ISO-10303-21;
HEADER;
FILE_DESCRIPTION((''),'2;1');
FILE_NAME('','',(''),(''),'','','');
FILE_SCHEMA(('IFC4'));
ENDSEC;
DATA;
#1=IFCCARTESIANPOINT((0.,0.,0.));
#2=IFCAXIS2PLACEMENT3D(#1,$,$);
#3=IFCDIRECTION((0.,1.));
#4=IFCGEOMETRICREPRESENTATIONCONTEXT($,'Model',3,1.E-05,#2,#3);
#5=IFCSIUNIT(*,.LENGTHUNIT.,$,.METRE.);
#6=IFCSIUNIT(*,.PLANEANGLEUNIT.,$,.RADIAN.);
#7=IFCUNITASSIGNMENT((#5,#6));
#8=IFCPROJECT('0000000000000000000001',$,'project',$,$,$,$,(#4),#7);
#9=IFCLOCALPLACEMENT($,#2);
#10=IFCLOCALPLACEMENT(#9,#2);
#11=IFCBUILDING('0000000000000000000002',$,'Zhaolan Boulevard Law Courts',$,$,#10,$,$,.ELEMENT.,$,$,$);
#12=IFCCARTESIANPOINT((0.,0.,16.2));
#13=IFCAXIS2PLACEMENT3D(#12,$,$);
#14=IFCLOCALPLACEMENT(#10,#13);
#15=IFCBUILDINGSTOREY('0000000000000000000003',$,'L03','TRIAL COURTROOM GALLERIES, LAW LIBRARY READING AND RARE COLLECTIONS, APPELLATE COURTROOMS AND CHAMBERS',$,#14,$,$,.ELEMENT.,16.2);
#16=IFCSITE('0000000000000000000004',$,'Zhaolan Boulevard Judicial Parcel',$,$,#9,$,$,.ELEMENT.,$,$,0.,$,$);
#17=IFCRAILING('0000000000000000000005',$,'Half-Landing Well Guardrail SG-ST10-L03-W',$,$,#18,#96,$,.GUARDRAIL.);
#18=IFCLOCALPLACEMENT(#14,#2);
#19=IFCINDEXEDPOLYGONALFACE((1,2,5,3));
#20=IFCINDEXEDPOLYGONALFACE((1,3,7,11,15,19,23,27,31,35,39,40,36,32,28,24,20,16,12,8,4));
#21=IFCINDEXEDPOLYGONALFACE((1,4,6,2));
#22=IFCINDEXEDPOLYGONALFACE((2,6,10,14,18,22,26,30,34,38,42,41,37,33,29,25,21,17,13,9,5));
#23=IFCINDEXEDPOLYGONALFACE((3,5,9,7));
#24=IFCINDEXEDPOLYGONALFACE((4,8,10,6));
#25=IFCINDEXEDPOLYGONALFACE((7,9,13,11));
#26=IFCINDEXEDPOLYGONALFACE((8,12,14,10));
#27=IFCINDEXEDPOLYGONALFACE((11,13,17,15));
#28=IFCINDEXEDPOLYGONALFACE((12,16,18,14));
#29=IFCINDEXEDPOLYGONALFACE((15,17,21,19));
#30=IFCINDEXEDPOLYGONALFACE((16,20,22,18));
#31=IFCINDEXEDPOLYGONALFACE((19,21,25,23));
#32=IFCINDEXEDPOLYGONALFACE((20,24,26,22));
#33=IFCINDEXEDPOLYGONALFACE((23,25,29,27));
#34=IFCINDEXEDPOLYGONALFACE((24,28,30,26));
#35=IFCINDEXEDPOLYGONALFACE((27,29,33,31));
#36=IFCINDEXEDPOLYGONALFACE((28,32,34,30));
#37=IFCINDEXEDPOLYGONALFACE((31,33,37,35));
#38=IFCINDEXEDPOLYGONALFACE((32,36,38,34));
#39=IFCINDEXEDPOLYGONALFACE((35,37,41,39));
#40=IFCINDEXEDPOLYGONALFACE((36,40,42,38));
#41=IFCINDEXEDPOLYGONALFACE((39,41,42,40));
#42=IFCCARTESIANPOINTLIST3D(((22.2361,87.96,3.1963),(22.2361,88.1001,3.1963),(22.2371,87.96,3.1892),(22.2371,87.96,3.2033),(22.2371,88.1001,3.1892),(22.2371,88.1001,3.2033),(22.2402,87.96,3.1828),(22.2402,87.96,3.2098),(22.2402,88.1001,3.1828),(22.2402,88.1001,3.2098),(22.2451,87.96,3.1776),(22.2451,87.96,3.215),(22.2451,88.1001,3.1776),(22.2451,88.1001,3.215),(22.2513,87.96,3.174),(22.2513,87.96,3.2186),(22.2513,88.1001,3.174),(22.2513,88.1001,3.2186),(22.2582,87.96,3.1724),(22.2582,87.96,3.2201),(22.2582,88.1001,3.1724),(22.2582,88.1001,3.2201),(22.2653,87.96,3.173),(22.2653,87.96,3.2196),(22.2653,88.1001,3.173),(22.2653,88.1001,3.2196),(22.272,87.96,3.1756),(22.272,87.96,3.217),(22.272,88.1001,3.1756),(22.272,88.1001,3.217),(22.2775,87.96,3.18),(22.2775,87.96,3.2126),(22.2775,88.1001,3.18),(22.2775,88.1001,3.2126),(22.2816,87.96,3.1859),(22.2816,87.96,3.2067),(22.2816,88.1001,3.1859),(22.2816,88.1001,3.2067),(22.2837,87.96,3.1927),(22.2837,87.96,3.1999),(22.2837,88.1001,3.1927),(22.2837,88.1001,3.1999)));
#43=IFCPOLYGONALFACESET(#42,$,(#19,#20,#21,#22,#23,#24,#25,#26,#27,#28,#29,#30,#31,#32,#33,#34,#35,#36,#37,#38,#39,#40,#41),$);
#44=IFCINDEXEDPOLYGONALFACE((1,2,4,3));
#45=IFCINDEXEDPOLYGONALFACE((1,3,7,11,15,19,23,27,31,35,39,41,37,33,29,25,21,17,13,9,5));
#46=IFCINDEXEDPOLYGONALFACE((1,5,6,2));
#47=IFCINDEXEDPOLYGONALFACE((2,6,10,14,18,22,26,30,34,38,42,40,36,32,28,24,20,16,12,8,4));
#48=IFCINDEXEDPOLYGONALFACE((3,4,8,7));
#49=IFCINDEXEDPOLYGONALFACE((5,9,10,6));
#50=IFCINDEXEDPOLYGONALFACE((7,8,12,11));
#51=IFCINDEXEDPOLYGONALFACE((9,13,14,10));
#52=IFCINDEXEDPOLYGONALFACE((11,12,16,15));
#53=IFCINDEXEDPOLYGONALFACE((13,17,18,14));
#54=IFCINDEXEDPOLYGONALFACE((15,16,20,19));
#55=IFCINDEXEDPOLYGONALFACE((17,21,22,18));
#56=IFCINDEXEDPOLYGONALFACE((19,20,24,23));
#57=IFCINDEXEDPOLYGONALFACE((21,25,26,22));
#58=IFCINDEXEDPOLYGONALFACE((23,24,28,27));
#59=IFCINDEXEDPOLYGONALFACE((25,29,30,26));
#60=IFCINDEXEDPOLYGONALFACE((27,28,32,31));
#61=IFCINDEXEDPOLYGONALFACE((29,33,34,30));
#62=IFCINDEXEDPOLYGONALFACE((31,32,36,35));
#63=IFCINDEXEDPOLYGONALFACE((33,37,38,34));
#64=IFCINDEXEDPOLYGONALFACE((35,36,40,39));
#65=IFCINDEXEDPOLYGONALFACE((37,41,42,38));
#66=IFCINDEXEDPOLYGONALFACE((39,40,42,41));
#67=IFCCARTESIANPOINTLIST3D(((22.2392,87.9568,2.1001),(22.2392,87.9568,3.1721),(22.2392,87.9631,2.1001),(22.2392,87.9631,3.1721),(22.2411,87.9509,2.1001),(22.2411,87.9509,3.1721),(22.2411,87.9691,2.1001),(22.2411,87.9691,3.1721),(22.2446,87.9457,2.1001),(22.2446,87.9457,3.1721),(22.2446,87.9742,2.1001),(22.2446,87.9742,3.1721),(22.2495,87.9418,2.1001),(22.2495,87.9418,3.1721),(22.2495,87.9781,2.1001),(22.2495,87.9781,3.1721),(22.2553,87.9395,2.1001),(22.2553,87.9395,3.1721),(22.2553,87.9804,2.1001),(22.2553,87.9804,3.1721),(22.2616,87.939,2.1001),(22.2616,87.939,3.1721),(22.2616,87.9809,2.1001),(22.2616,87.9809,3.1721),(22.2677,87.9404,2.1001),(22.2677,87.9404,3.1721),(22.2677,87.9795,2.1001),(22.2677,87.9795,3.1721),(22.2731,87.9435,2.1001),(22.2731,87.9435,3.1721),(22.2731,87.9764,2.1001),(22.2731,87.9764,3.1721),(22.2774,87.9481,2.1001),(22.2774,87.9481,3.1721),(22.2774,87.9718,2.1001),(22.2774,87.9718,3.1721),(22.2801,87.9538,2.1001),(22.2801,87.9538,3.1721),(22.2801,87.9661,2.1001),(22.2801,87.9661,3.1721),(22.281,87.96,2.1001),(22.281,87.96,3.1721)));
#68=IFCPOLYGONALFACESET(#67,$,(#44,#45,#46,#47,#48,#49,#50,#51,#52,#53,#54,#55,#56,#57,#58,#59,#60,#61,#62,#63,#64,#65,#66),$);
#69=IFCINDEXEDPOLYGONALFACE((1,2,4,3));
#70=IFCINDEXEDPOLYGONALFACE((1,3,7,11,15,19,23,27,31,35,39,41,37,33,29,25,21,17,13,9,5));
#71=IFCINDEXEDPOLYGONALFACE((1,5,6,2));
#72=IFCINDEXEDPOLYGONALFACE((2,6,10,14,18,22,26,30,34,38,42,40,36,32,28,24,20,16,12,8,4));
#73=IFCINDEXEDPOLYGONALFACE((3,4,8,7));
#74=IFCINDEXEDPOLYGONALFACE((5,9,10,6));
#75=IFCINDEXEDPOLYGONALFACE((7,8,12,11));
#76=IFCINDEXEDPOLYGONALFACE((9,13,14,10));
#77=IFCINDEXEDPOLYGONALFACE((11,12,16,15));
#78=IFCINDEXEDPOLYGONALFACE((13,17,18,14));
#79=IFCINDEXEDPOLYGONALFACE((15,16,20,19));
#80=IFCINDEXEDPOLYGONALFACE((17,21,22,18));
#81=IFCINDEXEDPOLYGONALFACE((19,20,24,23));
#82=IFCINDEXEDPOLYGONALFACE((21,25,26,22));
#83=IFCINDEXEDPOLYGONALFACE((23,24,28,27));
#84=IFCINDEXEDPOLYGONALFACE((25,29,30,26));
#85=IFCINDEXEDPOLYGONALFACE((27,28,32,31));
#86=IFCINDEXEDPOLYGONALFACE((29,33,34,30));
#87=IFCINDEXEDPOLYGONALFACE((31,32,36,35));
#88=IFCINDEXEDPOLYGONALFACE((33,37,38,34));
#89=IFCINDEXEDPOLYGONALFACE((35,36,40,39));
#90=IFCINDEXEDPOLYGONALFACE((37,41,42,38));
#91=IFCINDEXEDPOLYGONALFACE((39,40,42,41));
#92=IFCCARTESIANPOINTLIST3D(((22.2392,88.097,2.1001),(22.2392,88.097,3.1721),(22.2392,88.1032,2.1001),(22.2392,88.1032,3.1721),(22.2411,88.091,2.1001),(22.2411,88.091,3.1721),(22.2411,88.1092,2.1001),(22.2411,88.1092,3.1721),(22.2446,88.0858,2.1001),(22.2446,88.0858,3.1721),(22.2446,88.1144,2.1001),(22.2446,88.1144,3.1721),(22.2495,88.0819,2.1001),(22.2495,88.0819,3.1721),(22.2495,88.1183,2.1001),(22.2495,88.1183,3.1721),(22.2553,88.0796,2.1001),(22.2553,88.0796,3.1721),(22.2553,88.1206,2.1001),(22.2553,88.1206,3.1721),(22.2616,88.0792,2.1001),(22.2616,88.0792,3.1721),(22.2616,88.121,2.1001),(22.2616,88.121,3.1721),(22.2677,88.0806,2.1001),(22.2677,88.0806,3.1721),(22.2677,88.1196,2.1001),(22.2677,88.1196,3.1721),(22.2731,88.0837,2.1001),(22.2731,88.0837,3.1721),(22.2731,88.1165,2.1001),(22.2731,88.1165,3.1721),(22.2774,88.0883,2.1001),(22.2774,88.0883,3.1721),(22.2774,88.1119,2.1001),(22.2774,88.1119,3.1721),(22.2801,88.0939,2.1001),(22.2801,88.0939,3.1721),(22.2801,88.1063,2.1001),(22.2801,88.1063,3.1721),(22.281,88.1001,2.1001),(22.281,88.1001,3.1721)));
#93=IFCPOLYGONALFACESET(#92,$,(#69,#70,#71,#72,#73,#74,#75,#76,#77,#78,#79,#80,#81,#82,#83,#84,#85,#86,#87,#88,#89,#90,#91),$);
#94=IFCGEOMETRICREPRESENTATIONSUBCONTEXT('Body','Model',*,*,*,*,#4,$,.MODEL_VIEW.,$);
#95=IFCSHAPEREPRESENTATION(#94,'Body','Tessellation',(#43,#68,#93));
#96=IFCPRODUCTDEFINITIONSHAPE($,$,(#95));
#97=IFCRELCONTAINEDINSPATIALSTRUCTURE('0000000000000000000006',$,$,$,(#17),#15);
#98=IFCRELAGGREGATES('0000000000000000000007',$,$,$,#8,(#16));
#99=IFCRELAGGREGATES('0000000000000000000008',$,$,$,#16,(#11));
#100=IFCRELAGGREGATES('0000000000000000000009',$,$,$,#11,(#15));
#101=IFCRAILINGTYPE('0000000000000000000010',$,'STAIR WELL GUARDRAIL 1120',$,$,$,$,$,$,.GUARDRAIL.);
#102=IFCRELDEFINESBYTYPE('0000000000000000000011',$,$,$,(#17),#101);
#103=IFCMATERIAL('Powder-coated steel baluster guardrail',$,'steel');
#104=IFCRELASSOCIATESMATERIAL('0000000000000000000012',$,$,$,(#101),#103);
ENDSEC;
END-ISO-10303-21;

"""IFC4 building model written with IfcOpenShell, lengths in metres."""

from ifc_helpers import new_model, si_unit, direction, frame, origin, origin_2d, place, context, subcontext, project, spatial, circle, extrude, material, type_object, element, save


model = new_model("IFC4")

# Units and contexts
model_context = context("Model", 3, precision=1e-05, world=origin(), true_north=direction((0.0, 1.0)))
body_context = subcontext(model_context, "Body", "Model", "MODEL_VIEW")
ifc_project = project(units=[si_unit("LENGTHUNIT", "METRE"), si_unit("PLANEANGLEUNIT", "RADIAN")], contexts=[model_context])

# Site, building, storey
site_placement = place(None, origin())
site = spatial("IfcSite", under=ifc_project, at=site_placement, Name="Zhaolan Boulevard Judicial Parcel", CompositionType="ELEMENT", RefElevation=0.0)
building_placement = place(site_placement, origin())
building = spatial("IfcBuilding", under=site, at=building_placement, Name="Zhaolan Boulevard Law Courts", CompositionType="ELEMENT")
storey_placement = place(building_placement, frame((0.0, 0.0, 16.2)))
storey = spatial("IfcBuildingStorey", under=building, at=storey_placement, Name="L03", Description="TRIAL COURTROOM GALLERIES, LAW LIBRARY READING AND RARE COLLECTIONS, APPELLATE COURTROOMS AND CHAMBERS", CompositionType="ELEMENT", Elevation=16.2)

# Railing
ifc_material_1 = material(Name="Powder-coated steel baluster guardrail", Category="steel")
railing_type_1 = type_object("IfcRailingType", Name="STAIR WELL GUARDRAIL 1120", PredefinedType="GUARDRAIL", material=ifc_material_1)
railing_1_placement = place(storey_placement, frame((22.26, 87.96, 2.1001)))
element("IfcRailing", 1, at=railing_1_placement, inside=storey, type_object=railing_type_1, Name="Half-Landing Well Guardrail SG-ST10-L03-W", PredefinedType="GUARDRAIL", context=body_context, shape_type="SweptSolid", body=[
    extrude(circle(Radius=0.0239, at=origin_2d()), frame((0.0, 0.0, 1.0962), z_axis=(0.0, 1.0, 0.0), x_axis=(-1.0, 0.0, 0.0)), (0.0, 0.0, 1.0), 0.1401),
    extrude(circle(Radius=0.021, at=origin_2d()), origin(), (0.0, 0.0, 1.0), 1.072),
    extrude(circle(Radius=0.021, at=origin_2d()), frame((0.0, 0.1401, 0.0)), (0.0, 0.0, 1.0), 1.072),
])

save(model, "model.ifc")
